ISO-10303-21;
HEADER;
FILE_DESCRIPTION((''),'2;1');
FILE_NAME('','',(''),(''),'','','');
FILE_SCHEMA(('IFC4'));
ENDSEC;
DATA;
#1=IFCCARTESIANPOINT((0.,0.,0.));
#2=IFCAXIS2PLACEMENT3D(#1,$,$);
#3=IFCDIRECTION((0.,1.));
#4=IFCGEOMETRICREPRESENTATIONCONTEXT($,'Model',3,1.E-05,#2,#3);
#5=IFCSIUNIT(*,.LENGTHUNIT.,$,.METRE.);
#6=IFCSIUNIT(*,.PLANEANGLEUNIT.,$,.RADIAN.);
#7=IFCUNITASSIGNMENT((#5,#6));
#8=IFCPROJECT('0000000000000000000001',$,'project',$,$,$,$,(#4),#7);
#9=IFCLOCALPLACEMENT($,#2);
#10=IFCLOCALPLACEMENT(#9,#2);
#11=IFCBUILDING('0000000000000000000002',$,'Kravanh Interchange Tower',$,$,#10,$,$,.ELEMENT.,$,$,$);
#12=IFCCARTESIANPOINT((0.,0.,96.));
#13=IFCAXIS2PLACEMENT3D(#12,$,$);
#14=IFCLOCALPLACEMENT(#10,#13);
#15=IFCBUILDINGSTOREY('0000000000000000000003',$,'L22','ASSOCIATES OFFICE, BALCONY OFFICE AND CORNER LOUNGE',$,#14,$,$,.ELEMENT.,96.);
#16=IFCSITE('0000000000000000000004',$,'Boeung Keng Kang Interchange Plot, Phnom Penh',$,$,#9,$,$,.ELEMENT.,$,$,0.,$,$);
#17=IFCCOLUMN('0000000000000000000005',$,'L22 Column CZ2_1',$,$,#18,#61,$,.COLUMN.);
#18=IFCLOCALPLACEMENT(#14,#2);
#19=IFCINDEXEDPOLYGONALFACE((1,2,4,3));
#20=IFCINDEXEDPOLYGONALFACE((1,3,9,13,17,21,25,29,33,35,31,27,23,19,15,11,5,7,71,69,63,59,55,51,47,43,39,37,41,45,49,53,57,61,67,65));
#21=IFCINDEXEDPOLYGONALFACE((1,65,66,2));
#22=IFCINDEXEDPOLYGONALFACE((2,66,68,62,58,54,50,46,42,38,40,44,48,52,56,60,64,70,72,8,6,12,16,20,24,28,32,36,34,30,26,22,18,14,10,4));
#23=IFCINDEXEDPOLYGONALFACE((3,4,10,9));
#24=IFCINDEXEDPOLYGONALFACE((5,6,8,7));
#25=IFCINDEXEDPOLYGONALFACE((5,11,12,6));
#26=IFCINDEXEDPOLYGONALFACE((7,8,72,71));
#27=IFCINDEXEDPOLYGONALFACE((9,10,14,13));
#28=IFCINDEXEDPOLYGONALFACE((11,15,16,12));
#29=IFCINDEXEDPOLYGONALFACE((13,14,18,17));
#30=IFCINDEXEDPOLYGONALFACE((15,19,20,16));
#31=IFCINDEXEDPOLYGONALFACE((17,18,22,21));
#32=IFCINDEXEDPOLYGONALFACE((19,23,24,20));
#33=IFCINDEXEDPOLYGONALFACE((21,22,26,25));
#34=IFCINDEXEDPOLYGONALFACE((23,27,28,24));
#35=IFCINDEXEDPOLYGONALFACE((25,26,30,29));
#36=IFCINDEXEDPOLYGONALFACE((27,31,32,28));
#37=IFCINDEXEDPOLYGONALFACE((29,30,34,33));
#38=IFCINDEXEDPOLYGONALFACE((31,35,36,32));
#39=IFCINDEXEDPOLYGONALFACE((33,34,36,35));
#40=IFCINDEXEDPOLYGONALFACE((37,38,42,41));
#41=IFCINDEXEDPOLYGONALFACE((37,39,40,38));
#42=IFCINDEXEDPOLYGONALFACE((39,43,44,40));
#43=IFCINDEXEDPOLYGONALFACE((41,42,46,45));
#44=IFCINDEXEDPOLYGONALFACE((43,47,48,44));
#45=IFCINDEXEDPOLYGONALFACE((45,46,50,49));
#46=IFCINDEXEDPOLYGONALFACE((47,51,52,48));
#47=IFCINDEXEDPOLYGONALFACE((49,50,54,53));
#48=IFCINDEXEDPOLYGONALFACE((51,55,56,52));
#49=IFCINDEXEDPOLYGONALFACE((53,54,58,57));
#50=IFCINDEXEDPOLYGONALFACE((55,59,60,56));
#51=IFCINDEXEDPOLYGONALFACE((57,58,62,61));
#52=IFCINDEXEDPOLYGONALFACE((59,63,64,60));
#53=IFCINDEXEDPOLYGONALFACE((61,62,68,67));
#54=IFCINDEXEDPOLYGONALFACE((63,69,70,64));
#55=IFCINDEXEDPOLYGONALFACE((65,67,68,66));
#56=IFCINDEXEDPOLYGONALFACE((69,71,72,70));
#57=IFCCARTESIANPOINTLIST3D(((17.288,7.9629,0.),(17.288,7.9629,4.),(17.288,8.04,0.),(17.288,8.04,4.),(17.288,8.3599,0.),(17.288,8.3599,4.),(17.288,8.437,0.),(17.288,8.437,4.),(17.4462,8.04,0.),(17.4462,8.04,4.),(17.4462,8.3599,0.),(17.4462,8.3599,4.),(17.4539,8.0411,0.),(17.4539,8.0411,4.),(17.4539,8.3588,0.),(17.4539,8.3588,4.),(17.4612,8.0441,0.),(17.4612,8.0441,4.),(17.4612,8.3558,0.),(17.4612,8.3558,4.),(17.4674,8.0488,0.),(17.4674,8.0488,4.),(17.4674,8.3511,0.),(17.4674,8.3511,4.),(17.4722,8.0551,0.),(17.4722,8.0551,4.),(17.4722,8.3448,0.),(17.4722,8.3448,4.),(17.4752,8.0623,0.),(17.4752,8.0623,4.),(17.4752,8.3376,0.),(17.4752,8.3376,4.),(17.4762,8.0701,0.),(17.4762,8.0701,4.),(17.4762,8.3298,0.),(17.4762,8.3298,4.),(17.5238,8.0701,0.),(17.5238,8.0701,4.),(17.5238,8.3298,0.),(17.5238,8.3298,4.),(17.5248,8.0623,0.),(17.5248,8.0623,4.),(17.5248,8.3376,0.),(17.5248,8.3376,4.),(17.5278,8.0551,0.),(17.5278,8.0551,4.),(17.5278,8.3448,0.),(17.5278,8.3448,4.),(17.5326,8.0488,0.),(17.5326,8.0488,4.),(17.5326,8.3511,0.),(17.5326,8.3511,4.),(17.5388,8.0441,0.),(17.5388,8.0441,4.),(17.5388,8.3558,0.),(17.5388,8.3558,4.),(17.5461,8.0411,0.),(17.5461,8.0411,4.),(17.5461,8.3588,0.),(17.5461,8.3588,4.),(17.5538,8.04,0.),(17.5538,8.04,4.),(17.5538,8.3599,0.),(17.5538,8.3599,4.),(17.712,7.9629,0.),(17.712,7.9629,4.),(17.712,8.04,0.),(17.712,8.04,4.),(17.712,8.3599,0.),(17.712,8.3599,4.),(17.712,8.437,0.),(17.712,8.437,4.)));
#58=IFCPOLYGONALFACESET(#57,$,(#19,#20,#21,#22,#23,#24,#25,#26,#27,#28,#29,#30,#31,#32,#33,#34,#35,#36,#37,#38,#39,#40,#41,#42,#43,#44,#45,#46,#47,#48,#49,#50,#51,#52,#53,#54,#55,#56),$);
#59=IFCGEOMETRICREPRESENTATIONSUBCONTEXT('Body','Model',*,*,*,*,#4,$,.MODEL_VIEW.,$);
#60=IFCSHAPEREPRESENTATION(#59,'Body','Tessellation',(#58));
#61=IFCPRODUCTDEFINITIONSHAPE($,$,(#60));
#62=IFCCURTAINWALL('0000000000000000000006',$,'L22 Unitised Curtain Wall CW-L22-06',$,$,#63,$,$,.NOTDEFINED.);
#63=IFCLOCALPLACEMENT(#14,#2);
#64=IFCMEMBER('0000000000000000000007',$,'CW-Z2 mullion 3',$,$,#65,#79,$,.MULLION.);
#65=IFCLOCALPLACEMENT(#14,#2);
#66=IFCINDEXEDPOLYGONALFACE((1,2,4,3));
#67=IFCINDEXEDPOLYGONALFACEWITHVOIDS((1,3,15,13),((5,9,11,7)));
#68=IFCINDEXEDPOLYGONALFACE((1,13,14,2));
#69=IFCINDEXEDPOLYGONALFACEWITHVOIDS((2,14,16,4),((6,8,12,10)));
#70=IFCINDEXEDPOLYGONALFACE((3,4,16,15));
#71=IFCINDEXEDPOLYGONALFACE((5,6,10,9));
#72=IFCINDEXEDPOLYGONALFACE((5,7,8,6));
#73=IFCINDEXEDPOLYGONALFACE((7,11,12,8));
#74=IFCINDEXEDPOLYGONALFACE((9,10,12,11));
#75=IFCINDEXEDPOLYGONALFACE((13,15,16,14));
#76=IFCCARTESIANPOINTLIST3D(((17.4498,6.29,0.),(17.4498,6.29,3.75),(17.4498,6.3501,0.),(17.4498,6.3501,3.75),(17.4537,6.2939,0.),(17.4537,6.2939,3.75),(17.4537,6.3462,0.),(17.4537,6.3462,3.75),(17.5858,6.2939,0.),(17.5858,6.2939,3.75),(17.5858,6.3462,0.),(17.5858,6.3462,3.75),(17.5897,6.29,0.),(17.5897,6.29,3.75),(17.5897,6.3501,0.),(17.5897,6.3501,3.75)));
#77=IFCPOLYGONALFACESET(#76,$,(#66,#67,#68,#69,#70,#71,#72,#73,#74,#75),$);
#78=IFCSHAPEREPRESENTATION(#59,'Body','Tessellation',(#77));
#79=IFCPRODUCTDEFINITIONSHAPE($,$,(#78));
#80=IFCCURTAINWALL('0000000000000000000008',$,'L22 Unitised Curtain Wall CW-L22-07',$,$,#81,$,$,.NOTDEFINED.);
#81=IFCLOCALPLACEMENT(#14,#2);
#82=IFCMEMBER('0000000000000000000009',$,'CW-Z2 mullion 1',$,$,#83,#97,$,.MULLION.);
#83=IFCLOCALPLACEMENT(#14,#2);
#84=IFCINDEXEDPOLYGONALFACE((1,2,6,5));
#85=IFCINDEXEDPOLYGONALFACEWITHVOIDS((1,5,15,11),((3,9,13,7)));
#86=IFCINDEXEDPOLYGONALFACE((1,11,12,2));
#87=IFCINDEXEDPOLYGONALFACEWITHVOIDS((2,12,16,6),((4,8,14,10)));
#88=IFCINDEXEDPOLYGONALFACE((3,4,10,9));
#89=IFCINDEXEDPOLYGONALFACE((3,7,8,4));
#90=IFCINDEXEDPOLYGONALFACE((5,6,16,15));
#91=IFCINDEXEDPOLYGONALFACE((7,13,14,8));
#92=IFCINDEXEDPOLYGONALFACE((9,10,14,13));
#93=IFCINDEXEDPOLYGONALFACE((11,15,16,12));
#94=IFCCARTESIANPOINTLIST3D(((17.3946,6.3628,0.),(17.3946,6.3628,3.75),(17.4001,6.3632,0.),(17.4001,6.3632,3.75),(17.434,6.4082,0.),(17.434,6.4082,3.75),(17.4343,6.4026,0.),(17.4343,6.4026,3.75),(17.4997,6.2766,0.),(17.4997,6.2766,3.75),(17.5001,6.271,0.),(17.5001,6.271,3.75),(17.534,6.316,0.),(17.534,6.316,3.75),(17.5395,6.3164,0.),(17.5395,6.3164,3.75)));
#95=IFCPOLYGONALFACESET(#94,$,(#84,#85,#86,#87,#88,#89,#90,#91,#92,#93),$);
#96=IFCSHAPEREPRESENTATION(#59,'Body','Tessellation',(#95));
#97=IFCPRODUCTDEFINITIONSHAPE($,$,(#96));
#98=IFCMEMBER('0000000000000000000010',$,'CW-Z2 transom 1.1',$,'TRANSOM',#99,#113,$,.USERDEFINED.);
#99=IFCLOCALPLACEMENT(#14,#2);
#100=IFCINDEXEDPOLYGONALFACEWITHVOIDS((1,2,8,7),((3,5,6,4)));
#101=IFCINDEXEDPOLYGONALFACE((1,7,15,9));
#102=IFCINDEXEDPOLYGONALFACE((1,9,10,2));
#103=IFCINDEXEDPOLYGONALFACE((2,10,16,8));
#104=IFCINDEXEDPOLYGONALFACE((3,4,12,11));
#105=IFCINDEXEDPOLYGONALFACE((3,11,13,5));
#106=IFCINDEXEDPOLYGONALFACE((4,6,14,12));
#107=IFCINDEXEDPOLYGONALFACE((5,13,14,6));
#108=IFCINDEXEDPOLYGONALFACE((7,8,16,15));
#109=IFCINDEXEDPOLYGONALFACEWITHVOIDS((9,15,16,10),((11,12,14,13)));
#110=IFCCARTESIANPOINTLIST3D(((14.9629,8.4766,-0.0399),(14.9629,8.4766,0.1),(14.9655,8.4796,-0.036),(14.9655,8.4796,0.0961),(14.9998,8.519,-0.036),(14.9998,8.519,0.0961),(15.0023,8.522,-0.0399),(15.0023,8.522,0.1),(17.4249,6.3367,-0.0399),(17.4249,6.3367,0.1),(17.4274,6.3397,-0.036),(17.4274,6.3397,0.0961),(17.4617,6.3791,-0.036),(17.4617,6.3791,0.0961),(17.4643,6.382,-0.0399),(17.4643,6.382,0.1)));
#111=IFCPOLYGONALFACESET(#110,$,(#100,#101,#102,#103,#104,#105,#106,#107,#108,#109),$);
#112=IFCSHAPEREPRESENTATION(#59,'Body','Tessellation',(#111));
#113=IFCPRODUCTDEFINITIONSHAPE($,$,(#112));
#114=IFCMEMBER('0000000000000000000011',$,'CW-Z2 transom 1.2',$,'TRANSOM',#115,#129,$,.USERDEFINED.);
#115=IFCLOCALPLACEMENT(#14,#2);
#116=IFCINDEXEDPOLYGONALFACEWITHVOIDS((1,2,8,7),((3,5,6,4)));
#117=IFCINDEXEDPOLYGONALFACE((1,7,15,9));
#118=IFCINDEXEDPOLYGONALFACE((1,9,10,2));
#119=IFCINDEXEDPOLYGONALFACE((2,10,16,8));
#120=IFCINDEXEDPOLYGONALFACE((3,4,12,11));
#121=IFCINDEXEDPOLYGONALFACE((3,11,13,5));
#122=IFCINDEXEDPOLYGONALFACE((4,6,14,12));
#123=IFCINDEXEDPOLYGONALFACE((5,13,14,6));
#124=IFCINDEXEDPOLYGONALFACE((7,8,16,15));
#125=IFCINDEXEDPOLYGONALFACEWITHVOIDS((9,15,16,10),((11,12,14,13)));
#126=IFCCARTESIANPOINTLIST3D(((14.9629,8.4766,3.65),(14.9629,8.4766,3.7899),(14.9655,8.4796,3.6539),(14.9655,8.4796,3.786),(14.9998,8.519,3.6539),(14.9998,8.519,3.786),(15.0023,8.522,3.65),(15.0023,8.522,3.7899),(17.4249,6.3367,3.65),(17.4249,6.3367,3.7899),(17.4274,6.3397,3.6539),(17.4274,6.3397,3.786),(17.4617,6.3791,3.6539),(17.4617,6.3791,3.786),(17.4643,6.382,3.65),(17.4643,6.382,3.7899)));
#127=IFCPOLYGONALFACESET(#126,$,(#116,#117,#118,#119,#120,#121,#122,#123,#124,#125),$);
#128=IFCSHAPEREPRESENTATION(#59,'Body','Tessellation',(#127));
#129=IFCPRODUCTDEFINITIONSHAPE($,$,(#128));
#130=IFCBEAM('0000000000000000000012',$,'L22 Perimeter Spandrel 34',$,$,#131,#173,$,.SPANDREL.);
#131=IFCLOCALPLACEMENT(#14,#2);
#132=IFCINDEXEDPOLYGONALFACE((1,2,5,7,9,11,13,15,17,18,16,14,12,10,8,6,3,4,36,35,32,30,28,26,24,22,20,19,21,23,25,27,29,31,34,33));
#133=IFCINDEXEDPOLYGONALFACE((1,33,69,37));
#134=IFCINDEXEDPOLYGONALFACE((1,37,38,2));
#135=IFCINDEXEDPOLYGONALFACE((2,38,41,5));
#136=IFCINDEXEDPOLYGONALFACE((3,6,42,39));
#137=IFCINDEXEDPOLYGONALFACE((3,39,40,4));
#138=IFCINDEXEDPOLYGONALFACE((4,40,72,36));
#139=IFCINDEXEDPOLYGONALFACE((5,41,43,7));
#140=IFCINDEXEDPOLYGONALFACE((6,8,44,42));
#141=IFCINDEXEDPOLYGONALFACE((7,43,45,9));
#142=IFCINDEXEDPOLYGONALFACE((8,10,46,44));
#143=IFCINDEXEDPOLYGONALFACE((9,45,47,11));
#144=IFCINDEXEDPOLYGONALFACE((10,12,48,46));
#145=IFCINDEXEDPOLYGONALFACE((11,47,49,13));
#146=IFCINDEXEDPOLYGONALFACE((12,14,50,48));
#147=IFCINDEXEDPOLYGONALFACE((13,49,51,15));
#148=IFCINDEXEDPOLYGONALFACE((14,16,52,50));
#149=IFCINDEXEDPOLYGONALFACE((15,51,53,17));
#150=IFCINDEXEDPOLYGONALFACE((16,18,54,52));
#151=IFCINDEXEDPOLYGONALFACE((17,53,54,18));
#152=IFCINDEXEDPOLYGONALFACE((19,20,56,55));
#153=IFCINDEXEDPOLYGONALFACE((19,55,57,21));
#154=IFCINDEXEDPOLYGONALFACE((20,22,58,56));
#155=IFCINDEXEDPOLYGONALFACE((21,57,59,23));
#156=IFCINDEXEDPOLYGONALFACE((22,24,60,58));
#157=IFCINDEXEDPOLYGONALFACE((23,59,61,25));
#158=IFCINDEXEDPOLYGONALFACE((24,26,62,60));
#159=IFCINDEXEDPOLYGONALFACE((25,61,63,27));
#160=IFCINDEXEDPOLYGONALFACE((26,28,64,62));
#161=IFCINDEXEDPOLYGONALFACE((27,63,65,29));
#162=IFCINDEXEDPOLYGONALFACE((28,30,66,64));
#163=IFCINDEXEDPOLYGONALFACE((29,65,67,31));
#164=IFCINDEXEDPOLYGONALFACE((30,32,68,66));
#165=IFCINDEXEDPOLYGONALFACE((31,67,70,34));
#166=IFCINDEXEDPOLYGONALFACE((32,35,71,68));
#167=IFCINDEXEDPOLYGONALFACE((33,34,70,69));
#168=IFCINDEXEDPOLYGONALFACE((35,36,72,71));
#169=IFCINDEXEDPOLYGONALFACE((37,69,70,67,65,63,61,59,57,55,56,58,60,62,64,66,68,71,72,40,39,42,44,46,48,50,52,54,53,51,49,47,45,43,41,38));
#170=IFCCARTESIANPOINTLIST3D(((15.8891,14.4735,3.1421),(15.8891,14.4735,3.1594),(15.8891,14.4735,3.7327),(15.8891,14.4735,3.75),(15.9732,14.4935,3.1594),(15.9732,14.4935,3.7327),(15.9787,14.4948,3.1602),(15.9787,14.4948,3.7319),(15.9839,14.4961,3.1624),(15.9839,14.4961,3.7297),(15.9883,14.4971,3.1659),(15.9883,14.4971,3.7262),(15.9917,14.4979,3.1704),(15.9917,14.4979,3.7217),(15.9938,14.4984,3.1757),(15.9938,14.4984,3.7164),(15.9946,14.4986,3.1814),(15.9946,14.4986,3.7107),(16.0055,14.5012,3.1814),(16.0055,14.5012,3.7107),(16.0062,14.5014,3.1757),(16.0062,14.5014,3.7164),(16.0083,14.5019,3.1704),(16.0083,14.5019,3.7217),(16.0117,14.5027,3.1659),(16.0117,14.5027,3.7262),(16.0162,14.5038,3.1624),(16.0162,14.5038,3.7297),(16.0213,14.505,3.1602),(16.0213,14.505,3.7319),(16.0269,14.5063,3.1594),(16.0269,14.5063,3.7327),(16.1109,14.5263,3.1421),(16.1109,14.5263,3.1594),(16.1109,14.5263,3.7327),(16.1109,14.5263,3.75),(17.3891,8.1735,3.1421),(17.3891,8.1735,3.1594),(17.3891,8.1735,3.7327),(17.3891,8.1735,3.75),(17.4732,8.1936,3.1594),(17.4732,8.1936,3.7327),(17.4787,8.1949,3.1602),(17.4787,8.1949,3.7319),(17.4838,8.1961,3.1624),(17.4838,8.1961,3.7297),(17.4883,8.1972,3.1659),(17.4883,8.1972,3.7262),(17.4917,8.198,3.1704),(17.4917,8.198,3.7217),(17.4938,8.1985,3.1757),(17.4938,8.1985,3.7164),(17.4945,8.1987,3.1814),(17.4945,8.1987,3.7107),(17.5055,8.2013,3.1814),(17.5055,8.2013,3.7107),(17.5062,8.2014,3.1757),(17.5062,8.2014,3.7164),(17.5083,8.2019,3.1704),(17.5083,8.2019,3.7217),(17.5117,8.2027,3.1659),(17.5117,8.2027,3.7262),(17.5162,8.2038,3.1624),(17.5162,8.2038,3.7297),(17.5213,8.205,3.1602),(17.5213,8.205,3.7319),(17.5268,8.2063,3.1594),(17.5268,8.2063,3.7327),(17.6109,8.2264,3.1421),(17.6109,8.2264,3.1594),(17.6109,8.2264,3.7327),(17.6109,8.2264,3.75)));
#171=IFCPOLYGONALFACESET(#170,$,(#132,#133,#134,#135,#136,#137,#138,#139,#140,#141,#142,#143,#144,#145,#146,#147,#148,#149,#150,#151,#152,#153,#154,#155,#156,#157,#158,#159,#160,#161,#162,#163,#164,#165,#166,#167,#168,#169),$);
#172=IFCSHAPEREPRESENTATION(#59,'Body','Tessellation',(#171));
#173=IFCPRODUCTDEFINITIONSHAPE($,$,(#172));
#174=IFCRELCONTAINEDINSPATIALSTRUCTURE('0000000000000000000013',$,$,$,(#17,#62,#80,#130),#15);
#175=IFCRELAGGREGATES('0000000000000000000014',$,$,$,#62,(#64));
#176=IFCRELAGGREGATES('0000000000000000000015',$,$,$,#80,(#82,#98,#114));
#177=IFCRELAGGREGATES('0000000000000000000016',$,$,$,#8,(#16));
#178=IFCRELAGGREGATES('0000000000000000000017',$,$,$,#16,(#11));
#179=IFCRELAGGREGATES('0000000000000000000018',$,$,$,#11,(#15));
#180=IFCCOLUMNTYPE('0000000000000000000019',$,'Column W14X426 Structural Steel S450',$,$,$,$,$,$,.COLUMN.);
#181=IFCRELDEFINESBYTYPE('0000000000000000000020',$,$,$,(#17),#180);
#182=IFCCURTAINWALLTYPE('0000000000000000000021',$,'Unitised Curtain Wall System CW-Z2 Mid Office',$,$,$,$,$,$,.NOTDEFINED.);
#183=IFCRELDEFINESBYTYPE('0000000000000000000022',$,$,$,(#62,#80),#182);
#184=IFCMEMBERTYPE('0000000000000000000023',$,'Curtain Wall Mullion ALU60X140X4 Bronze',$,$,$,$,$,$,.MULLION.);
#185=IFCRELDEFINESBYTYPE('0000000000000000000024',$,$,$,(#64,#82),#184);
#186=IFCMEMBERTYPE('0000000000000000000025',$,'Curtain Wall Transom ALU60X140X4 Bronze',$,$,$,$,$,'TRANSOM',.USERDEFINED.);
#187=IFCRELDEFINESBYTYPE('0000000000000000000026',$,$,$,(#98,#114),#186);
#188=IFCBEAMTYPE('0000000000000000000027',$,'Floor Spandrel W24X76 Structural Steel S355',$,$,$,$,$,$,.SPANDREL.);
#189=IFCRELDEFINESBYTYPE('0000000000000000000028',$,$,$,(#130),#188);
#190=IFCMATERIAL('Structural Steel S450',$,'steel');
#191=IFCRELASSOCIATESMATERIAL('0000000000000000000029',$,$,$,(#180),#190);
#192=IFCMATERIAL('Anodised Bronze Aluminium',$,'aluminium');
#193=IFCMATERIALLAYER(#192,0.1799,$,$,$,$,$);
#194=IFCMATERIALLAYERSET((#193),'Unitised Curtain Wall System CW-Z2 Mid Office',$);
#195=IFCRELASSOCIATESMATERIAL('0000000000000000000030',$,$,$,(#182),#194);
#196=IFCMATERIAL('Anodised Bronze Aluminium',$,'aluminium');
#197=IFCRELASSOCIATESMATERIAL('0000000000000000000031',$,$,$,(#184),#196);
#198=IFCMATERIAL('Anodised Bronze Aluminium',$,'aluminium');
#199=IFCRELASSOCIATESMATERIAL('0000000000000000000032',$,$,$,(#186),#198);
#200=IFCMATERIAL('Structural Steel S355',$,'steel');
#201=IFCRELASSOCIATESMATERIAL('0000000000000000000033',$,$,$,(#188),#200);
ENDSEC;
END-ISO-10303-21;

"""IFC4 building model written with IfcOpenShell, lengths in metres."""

from ifc_helpers import new_model, si_unit, direction, frame, origin, origin_2d, place, context, subcontext, project, spatial, hollow_rectangle, i_section, extrude, material, layer, layer_set, material_profile, profile_set, type_object, element, aggregate, save


model = new_model("IFC4")

# Units and contexts
model_context = context("Model", 3, precision=1e-05, world=origin(), true_north=direction((0.0, 1.0)))
body_context = subcontext(model_context, "Body", "Model", "MODEL_VIEW")
ifc_project = project(units=[si_unit("LENGTHUNIT", "METRE"), si_unit("PLANEANGLEUNIT", "RADIAN")], contexts=[model_context])

# Site, building, storey
site_placement = place(None, origin())
site = spatial("IfcSite", under=ifc_project, at=site_placement, Name="Boeung Keng Kang Interchange Plot, Phnom Penh", CompositionType="ELEMENT", RefElevation=0.0)
building_placement = place(site_placement, origin())
building = spatial("IfcBuilding", under=site, at=building_placement, Name="Kravanh Interchange Tower", CompositionType="ELEMENT")
storey_placement = place(building_placement, frame((0.0, 0.0, 96.0)))
storey = spatial("IfcBuildingStorey", under=building, at=storey_placement, Name="L22", Description="ASSOCIATES OFFICE, BALCONY OFFICE AND CORNER LOUNGE", CompositionType="ELEMENT", Elevation=96.0)

# Column
ifc_material_1 = material(Name="Structural Steel S450", Category="steel")
ifc_material_profile_1 = material_profile(ifc_material_1, i_section(OverallWidth=0.4241, OverallDepth=0.4741, WebThickness=0.0476, FlangeThickness=0.0771, FilletRadius=0.03, at=origin_2d()), Name="W14X426")
ifc_profile_set_1 = profile_set([ifc_material_profile_1], Name="Structural Steel S450")
column_type = type_object("IfcColumnType", Name="Column W14X426 Structural Steel S450", PredefinedType="COLUMN", material=ifc_profile_set_1)
column_placement = place(storey_placement, frame((17.5, 8.2, 0.0), z_axis=(0.0, 0.0, 1.0), x_axis=(1.0, 0.0, 0.0)))
element("IfcColumn", 1, at=column_placement, inside=storey, type_object=column_type, Name="L22 Column CZ2_1", PredefinedType="COLUMN", context=body_context, shape_type="SweptSolid", body=[
    extrude(i_section(OverallWidth=0.4241, OverallDepth=0.4741, WebThickness=0.0476, FlangeThickness=0.0771, FilletRadius=0.03, at=origin_2d()), origin(), (0.0, 0.0, 1.0), 4.0),
])

# Curtain wall, member
ifc_material_2 = material(Name="Anodised Bronze Aluminium", Category="aluminium")
ifc_layer_1 = layer(ifc_material_2, 0.1799)
ifc_layer_set_1 = layer_set([ifc_layer_1], Name="Unitised Curtain Wall System CW-Z2 Mid Office")
curtain_wall_type = type_object("IfcCurtainWallType", Name="Unitised Curtain Wall System CW-Z2 Mid Office", PredefinedType="NOTDEFINED", material=ifc_layer_set_1)
curtain_wall_1_placement = place(storey_placement, origin())
curtain_wall_1 = element("IfcCurtainWall", 2, at=curtain_wall_1_placement, inside=storey, type_object=curtain_wall_type, Name="L22 Unitised Curtain Wall CW-L22-06", PredefinedType="NOTDEFINED")
ifc_material_3 = material(Name="Anodised Bronze Aluminium", Category="aluminium")
ifc_material_profile_2 = material_profile(ifc_material_3, hollow_rectangle(XDim=0.0601, YDim=0.1399, WallThickness=0.0039, at=origin_2d()), Name="ALU60X140X4")
ifc_profile_set_2 = profile_set([ifc_material_profile_2], Name="Anodised Bronze Aluminium")
member_type_1 = type_object("IfcMemberType", Name="Curtain Wall Mullion ALU60X140X4 Bronze", PredefinedType="MULLION", material=ifc_profile_set_2)
member_1_placement = place(storey_placement, frame((17.5198, 6.3201, 0.0), z_axis=(0.0, 0.0, 1.0), x_axis=(0.0, -1.0, 0.0)))
member_1 = element("IfcMember", 3, at=member_1_placement, type_object=member_type_1, Name="CW-Z2 mullion 3", PredefinedType="MULLION", context=body_context, shape_type="SweptSolid", body=[
    extrude(hollow_rectangle(XDim=0.0601, YDim=0.1399, WallThickness=0.0039, at=origin_2d()), origin(), (0.0, 0.0, 1.0), 3.75),
])
aggregate(curtain_wall_1, [member_1])

# Curtain wall, members
curtain_wall_2_placement = place(storey_placement, origin())
curtain_wall_2 = element("IfcCurtainWall", 4, at=curtain_wall_2_placement, inside=storey, type_object=curtain_wall_type, Name="L22 Unitised Curtain Wall CW-L22-07", PredefinedType="NOTDEFINED")
member_2_placement = place(storey_placement, frame((17.467, 6.3396, 0.0), z_axis=(0.0, 0.0, 1.0), x_axis=(-0.656048, -0.754719, 0.0)))
member_2 = element("IfcMember", 5, at=member_2_placement, type_object=member_type_1, Name="CW-Z2 mullion 1", PredefinedType="MULLION", context=body_context, shape_type="SweptSolid", body=[
    extrude(hollow_rectangle(XDim=0.0601, YDim=0.1399, WallThickness=0.0039, at=origin_2d()), origin(), (0.0, 0.0, 1.0), 3.75),
])
ifc_material_4 = material(Name="Anodised Bronze Aluminium", Category="aluminium")
ifc_material_profile_3 = material_profile(ifc_material_4, hollow_rectangle(XDim=0.0601, YDim=0.1399, WallThickness=0.0039, at=origin_2d()), Name="ALU60X140X4")
ifc_profile_set_3 = profile_set([ifc_material_profile_3], Name="Anodised Bronze Aluminium")
member_type_2 = type_object("IfcMemberType", Name="Curtain Wall Transom ALU60X140X4 Bronze", ElementType="TRANSOM", PredefinedType="USERDEFINED", material=ifc_profile_set_3)
member_3_placement = place(storey_placement, frame((17.4446, 6.3594, 0.03), z_axis=(-0.754742, 0.656021, 0.0), x_axis=(-0.656021, -0.754742, 0.0)))
member_3 = element("IfcMember", 6, at=member_3_placement, type_object=member_type_2, Name="CW-Z2 transom 1.1", ObjectType="TRANSOM", PredefinedType="USERDEFINED", context=body_context, shape_type="SweptSolid", body=[
    extrude(hollow_rectangle(XDim=0.0601, YDim=0.1399, WallThickness=0.0039, at=origin_2d()), origin(), (0.0, 0.0, 1.0), 3.262),
])
member_4_placement = place(storey_placement, frame((17.4446, 6.3594, 3.72), z_axis=(-0.754742, 0.656021, 0.0), x_axis=(-0.656021, -0.754742, 0.0)))
member_4 = element("IfcMember", 7, at=member_4_placement, type_object=member_type_2, Name="CW-Z2 transom 1.2", ObjectType="TRANSOM", PredefinedType="USERDEFINED", context=body_context, shape_type="SweptSolid", body=[
    extrude(hollow_rectangle(XDim=0.0601, YDim=0.1399, WallThickness=0.0039, at=origin_2d()), origin(), (0.0, 0.0, 1.0), 3.262),
])

# Beam
ifc_material_5 = material(Name="Structural Steel S355", Category="steel")
ifc_material_profile_4 = material_profile(ifc_material_5, i_section(OverallWidth=0.228, OverallDepth=0.6079, WebThickness=0.0112, FlangeThickness=0.0173, FilletRadius=0.022, at=origin_2d()), Name="W24X76")
ifc_profile_set_4 = profile_set([ifc_material_profile_4], Name="Structural Steel S355")
beam_type = type_object("IfcBeamType", Name="Floor Spandrel W24X76 Structural Steel S355", PredefinedType="SPANDREL", material=ifc_profile_set_4)
beam_1_placement = place(storey_placement, frame((17.5, 8.2, 3.446), z_axis=(-0.231619, 0.972807, 0.0), x_axis=(-0.972807, -0.231619, 0.0)))
element("IfcBeam", 8, at=beam_1_placement, inside=storey, type_object=beam_type, Name="L22 Perimeter Spandrel 34", PredefinedType="SPANDREL", context=body_context, shape_type="SweptSolid", body=[
    extrude(i_section(OverallWidth=0.228, OverallDepth=0.6079, WebThickness=0.0112, FlangeThickness=0.0173, FilletRadius=0.022, at=origin_2d()), origin(), (0.0, 0.0, 1.0), 6.4761),
])

aggregate(curtain_wall_2, [member_2, member_3, member_4])

save(model, "model.ifc")
